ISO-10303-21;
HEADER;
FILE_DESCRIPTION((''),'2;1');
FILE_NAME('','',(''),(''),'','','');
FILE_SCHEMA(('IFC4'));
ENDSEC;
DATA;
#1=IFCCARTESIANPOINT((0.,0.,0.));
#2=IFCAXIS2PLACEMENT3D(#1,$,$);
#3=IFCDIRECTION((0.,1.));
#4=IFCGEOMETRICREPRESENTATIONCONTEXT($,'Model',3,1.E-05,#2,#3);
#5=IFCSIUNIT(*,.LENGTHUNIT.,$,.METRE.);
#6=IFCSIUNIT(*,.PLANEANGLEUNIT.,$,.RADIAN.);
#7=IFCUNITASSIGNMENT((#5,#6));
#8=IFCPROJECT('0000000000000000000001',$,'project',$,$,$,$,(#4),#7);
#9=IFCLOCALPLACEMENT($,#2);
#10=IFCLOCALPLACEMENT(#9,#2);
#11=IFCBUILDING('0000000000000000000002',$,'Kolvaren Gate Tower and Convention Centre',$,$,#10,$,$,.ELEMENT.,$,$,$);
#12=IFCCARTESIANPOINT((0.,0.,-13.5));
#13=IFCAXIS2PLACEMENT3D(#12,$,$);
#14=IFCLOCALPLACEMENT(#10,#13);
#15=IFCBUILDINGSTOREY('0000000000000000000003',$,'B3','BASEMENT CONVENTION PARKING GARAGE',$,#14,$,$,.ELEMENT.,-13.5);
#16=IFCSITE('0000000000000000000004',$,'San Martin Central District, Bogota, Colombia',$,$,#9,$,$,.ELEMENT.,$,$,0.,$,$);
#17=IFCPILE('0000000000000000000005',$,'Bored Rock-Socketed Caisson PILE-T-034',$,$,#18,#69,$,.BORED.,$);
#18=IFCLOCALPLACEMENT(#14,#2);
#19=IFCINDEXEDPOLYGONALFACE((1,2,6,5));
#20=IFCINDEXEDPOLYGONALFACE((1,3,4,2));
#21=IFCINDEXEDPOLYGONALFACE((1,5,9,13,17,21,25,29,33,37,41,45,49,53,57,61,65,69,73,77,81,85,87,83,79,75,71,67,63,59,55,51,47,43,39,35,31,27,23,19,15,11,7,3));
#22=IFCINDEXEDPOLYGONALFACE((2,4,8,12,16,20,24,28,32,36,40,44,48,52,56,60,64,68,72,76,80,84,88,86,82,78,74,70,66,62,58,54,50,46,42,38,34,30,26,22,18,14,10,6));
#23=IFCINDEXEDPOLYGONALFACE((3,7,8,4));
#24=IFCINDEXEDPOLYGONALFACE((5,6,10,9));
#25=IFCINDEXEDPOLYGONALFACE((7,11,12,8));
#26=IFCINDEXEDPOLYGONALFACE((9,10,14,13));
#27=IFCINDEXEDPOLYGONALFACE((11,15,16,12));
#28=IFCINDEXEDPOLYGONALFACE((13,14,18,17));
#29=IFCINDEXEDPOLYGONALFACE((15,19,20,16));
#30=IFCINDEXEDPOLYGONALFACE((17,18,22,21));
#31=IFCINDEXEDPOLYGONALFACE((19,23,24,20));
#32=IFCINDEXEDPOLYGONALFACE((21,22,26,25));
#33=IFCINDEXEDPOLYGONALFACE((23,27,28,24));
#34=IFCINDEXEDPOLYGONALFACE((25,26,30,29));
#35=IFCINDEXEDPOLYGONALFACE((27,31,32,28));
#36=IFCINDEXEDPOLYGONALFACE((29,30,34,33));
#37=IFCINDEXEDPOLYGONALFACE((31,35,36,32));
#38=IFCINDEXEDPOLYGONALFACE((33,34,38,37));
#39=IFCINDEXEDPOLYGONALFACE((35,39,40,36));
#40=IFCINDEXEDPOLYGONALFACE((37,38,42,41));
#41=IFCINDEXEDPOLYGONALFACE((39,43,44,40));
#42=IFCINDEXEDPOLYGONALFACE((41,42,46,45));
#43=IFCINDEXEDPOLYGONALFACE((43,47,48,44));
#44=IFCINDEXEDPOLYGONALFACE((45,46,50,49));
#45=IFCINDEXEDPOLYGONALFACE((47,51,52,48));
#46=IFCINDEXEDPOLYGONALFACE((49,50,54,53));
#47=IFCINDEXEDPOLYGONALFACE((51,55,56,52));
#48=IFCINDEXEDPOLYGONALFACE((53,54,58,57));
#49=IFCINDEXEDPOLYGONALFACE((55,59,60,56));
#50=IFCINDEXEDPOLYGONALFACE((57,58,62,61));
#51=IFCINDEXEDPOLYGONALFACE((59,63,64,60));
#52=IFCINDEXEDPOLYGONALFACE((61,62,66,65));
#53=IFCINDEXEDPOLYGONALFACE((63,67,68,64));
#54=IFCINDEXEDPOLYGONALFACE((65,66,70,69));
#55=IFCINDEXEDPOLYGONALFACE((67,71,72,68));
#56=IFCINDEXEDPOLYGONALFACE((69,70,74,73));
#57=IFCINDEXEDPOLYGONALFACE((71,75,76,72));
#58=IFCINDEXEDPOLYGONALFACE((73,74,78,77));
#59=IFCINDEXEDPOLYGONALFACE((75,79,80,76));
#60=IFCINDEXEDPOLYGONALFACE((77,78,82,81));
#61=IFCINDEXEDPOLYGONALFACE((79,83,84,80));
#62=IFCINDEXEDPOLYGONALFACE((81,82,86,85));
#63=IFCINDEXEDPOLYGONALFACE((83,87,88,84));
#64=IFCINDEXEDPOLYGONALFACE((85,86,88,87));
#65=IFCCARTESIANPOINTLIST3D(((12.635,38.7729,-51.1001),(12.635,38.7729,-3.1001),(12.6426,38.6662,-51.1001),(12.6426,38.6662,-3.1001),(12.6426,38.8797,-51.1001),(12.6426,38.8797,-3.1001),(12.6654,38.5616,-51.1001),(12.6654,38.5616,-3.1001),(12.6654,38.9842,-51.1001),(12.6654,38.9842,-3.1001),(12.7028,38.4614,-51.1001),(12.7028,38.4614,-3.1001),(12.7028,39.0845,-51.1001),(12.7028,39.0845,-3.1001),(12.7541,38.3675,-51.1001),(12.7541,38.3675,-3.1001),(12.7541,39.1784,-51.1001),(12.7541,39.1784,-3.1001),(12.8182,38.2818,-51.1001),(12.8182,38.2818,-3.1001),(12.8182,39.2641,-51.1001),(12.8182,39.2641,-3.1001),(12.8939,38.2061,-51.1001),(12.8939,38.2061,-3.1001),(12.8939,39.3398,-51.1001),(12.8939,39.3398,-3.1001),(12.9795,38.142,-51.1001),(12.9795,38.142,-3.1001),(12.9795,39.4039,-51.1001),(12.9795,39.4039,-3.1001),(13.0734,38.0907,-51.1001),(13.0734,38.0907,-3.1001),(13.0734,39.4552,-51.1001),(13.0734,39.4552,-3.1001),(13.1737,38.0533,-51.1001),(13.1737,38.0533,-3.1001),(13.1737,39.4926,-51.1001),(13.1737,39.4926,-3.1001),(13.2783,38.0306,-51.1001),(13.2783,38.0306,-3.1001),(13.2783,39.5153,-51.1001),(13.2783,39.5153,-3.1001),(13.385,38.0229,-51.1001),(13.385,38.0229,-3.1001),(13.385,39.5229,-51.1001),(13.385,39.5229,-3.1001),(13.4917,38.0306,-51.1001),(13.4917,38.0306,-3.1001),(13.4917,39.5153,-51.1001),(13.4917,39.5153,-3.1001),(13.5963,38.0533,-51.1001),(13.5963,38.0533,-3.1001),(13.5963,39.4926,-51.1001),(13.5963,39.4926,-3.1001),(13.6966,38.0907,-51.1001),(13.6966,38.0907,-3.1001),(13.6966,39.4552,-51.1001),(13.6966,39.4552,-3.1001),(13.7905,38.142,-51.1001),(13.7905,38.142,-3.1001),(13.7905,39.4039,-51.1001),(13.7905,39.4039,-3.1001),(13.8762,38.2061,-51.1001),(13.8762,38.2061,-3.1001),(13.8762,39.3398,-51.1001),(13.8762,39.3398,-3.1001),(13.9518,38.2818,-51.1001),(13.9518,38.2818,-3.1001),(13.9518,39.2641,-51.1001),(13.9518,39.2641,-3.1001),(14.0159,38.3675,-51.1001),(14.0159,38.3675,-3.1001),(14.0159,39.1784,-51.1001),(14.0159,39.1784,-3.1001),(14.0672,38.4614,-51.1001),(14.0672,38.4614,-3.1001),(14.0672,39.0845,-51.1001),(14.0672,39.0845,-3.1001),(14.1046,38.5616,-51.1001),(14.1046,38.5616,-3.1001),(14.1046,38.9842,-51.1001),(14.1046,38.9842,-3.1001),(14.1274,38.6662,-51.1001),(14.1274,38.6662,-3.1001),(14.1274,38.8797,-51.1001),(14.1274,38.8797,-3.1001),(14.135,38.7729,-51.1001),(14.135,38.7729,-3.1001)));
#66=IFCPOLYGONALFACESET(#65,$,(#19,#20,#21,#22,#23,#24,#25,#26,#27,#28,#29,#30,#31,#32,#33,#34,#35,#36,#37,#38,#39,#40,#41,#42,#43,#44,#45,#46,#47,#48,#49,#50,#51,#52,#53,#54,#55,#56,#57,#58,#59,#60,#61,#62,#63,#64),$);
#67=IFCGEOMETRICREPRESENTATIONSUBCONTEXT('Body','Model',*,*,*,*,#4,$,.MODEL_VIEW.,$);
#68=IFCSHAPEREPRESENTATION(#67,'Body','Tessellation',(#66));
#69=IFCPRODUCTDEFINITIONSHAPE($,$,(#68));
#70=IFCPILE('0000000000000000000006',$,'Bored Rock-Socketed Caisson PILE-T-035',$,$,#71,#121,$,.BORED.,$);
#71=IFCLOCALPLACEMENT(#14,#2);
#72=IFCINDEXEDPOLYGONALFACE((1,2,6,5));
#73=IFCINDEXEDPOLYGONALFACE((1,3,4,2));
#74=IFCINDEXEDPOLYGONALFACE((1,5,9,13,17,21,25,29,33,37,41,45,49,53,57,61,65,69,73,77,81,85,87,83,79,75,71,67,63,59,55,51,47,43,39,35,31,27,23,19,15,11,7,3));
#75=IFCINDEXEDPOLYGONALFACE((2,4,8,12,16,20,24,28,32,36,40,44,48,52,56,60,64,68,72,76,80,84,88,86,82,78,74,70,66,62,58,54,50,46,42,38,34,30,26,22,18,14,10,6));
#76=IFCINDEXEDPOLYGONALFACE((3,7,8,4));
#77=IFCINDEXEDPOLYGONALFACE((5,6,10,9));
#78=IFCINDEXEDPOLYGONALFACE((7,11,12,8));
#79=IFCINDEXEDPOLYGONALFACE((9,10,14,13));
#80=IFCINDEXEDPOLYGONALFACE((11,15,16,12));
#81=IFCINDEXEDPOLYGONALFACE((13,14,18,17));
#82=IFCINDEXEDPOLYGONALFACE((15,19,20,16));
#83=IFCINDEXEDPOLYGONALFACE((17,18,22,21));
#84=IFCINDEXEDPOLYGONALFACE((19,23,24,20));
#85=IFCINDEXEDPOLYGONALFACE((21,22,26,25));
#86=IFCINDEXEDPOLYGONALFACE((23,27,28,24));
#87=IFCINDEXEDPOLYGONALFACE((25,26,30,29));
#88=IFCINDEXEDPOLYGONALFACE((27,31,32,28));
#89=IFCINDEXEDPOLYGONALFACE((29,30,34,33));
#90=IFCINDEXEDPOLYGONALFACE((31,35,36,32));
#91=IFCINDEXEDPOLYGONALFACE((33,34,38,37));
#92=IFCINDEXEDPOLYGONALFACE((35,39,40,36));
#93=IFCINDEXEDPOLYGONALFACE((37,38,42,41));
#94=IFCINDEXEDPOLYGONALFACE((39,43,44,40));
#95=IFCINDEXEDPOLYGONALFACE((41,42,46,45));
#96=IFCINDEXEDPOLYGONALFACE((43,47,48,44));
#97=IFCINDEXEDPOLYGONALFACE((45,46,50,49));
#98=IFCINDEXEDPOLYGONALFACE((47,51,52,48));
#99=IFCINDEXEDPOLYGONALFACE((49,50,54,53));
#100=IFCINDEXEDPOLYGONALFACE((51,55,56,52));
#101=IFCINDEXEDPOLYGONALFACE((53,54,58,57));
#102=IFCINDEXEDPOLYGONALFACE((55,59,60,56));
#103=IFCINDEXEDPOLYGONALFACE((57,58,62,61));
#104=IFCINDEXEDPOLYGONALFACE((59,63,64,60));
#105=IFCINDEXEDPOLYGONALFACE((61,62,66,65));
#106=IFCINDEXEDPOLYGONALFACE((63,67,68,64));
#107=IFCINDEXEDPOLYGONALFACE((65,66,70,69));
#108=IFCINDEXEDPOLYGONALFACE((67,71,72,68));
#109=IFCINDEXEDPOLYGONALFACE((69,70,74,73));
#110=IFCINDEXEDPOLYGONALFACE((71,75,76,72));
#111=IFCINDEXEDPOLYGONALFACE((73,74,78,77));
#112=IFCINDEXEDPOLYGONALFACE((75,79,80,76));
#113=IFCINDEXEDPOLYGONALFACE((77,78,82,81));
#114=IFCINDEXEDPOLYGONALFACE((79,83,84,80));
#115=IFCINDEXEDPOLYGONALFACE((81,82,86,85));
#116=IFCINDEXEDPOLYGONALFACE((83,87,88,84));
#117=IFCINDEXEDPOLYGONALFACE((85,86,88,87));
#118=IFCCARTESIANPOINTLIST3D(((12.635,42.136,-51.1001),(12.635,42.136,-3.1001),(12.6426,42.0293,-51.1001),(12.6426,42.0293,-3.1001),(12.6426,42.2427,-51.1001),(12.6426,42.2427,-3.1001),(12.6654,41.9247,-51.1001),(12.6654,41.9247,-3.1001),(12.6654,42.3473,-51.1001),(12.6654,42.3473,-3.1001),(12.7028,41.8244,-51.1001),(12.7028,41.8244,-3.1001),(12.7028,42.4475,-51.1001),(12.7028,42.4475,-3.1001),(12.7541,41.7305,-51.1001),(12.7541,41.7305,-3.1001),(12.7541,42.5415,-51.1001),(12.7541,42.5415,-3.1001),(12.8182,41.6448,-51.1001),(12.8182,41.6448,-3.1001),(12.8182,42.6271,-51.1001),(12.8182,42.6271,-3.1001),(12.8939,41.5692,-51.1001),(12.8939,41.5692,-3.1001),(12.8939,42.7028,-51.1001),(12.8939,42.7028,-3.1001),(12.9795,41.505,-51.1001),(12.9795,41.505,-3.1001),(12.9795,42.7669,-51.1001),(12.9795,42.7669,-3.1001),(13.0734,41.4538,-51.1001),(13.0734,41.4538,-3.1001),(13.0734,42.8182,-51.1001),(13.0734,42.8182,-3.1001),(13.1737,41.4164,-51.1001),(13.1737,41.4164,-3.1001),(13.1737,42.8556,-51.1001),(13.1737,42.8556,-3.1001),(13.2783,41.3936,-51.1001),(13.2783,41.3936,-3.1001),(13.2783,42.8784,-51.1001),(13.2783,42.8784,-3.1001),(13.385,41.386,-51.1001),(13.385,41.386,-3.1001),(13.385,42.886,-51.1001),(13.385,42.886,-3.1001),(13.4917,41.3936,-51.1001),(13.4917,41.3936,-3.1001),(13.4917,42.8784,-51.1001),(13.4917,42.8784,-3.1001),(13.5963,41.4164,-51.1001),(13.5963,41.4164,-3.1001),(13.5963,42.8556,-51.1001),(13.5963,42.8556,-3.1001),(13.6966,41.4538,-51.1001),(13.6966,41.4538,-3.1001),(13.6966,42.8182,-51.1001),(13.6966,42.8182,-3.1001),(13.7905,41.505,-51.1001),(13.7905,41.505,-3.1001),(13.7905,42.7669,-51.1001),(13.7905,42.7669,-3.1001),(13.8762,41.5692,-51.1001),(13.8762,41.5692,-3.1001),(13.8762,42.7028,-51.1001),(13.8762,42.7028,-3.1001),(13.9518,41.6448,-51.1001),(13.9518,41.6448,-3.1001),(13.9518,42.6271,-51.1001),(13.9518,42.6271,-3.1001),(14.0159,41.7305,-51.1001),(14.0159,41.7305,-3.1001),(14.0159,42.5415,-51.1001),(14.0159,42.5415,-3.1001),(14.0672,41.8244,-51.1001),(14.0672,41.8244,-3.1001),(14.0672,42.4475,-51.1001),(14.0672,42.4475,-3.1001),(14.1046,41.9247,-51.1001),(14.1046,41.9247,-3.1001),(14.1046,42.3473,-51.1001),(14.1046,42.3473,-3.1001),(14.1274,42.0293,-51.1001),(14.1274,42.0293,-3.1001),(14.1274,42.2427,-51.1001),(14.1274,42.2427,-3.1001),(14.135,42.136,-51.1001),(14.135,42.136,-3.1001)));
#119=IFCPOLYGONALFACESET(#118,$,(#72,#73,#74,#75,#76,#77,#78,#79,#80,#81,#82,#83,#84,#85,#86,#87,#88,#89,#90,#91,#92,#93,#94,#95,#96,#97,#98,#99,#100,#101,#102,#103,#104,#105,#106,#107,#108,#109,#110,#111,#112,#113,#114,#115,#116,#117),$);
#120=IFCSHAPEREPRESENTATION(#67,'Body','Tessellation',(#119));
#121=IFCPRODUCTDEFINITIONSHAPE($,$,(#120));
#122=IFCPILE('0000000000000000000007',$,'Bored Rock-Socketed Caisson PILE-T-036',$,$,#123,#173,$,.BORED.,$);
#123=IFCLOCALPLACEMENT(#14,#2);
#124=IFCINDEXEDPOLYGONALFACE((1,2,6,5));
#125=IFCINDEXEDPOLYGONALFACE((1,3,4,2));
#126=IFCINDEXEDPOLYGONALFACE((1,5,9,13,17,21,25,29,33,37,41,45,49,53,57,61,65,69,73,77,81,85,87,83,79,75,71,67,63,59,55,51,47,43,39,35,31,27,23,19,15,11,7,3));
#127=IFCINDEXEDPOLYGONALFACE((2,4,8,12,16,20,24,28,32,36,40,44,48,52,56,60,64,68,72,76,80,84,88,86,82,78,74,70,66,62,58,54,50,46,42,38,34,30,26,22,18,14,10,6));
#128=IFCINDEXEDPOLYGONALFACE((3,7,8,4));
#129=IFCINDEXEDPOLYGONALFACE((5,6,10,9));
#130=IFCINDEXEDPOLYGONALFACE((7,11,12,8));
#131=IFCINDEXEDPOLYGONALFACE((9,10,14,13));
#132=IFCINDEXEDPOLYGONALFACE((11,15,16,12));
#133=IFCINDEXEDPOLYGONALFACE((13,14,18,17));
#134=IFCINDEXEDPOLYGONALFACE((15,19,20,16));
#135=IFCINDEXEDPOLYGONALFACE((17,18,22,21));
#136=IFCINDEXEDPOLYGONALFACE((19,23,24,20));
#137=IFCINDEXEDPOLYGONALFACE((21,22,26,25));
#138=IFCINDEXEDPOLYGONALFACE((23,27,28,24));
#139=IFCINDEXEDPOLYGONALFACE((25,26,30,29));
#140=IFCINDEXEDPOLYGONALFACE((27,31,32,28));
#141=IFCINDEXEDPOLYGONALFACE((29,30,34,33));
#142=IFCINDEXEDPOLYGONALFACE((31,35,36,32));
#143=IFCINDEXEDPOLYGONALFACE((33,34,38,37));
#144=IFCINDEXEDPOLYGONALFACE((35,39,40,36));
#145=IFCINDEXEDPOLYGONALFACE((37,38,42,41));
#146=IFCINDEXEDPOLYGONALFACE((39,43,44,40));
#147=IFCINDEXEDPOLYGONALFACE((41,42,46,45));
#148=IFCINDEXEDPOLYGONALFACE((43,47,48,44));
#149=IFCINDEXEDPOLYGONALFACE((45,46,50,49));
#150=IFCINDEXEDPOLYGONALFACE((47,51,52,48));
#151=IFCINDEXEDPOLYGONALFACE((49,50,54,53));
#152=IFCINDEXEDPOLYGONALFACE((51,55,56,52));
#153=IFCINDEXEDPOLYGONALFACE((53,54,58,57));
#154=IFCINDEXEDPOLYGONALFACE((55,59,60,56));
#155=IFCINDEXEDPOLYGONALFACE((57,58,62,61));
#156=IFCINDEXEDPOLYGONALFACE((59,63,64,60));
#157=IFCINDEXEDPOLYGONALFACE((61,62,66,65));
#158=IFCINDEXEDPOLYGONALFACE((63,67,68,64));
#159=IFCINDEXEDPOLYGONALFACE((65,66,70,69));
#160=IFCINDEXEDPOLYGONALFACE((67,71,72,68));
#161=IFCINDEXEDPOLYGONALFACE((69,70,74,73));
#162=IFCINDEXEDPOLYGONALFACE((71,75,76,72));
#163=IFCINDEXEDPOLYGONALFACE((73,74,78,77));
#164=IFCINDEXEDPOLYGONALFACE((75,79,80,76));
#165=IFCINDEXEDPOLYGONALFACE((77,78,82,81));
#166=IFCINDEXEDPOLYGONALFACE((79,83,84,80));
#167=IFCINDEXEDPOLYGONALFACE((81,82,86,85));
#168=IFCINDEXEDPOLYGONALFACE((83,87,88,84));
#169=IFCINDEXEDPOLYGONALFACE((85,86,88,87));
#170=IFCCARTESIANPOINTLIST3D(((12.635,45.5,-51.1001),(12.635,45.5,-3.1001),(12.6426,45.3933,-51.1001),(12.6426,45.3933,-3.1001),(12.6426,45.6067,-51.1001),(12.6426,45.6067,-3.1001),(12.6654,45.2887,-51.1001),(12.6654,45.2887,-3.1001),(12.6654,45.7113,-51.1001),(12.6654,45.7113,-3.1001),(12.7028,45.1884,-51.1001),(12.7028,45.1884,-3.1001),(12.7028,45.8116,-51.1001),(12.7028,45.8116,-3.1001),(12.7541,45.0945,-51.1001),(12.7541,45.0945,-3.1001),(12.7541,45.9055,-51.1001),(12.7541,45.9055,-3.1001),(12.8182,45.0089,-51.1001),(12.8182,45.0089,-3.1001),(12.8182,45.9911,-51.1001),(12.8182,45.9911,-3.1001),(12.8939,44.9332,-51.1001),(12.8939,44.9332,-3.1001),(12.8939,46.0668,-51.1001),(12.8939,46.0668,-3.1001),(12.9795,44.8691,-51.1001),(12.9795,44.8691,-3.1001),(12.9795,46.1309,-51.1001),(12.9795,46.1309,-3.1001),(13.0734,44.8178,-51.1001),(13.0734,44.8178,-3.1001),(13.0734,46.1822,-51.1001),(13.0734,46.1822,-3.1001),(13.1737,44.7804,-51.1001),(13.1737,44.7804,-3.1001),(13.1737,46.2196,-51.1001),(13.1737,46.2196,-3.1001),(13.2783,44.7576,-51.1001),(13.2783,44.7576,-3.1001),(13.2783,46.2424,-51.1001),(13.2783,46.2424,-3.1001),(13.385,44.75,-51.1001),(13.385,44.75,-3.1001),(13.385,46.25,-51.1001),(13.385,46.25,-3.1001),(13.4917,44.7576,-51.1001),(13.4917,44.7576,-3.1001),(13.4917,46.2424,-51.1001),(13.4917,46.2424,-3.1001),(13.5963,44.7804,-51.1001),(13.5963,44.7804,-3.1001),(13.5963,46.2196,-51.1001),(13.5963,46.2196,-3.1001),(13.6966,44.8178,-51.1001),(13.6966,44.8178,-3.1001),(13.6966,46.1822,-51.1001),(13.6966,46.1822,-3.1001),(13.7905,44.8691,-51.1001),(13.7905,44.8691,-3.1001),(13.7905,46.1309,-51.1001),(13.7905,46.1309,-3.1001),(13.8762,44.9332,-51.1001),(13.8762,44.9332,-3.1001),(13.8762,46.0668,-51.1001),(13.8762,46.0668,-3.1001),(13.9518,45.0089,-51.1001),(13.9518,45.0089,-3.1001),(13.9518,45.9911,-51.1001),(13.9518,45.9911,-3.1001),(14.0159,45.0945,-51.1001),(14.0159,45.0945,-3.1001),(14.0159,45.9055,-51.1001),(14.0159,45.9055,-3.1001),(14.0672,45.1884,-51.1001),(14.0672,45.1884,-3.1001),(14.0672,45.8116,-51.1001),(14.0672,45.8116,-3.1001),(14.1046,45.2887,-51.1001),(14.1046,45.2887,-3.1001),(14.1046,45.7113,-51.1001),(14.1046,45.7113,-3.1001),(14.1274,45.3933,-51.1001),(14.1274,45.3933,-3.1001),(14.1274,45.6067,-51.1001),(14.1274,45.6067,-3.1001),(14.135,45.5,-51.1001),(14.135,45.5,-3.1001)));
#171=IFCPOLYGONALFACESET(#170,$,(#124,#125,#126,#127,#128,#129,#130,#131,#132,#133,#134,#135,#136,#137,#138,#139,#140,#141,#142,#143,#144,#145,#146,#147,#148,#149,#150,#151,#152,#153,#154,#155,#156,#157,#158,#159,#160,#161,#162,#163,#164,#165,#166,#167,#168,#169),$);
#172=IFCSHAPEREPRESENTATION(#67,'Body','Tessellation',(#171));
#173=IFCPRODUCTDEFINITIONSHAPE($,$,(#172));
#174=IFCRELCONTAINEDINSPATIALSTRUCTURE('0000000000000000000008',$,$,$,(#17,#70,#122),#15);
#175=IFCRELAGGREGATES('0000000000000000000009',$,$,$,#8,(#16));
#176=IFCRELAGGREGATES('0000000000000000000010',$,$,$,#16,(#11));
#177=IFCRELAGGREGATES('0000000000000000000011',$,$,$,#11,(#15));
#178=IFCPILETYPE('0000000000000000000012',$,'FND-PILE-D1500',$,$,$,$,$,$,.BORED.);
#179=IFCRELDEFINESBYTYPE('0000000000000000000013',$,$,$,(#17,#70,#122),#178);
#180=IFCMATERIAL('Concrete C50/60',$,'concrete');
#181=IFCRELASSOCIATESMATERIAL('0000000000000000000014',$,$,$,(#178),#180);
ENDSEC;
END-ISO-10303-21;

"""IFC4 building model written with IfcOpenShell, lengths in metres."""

from ifc_helpers import new_model, si_unit, direction, frame, origin, origin_2d, place, context, subcontext, project, spatial, circle, extrude, material, material_profile, profile_set, type_object, element, save


model = new_model("IFC4")

# Units and contexts
model_context = context("Model", 3, precision=1e-05, world=origin(), true_north=direction((0.0, 1.0)))
body_context = subcontext(model_context, "Body", "Model", "MODEL_VIEW")
ifc_project = project(units=[si_unit("LENGTHUNIT", "METRE"), si_unit("PLANEANGLEUNIT", "RADIAN")], contexts=[model_context])

# Site, building, storey
site_placement = place(None, origin())
site = spatial("IfcSite", under=ifc_project, at=site_placement, Name="San Martin Central District, Bogota, Colombia", CompositionType="ELEMENT", RefElevation=0.0)
building_placement = place(site_placement, origin())
building = spatial("IfcBuilding", under=site, at=building_placement, Name="Kolvaren Gate Tower and Convention Centre", CompositionType="ELEMENT")
storey_placement = place(building_placement, frame((0.0, 0.0, -13.5)))
storey = spatial("IfcBuildingStorey", under=building, at=storey_placement, Name="B3", Description="BASEMENT CONVENTION PARKING GARAGE", CompositionType="ELEMENT", Elevation=-13.5)

# Piles
ifc_material_1 = material(Name="Concrete C50/60", Category="concrete")
ifc_material_profile_1 = material_profile(ifc_material_1, circle(Radius=0.75, at=origin_2d()), Name="CAISSON-D1500")
ifc_profile_set_1 = profile_set([ifc_material_profile_1], Name="Concrete C50/60")
pile_type = type_object("IfcPileType", Name="FND-PILE-D1500", PredefinedType="BORED", material=ifc_profile_set_1)
for number, where, z_axis, x_axis, name in (
    (1, (13.385, 38.7729, -3.1001), (0.0, 0.0, -1.0), (1.0, 0.0, 0.0), "Bored Rock-Socketed Caisson PILE-T-034"),
    (2, (13.385, 42.136, -3.1001), (0.0, 0.0, -1.0), (1.0, 0.0, 0.0), "Bored Rock-Socketed Caisson PILE-T-035"),
    (3, (13.385, 45.5, -3.1001), (0.0, 0.0, -1.0), (1.0, 0.0, 0.0), "Bored Rock-Socketed Caisson PILE-T-036"),
):
    element("IfcPile", number, at=place(storey_placement, frame(where, z_axis=z_axis, x_axis=x_axis)), inside=storey, type_object=pile_type, Name=name, PredefinedType="BORED", context=body_context, shape_type="SweptSolid", body=[
        extrude(circle(Radius=0.75, at=origin_2d()), origin(), (0.0, 0.0, 1.0), 48.0),
    ])

save(model, "model.ifc")
